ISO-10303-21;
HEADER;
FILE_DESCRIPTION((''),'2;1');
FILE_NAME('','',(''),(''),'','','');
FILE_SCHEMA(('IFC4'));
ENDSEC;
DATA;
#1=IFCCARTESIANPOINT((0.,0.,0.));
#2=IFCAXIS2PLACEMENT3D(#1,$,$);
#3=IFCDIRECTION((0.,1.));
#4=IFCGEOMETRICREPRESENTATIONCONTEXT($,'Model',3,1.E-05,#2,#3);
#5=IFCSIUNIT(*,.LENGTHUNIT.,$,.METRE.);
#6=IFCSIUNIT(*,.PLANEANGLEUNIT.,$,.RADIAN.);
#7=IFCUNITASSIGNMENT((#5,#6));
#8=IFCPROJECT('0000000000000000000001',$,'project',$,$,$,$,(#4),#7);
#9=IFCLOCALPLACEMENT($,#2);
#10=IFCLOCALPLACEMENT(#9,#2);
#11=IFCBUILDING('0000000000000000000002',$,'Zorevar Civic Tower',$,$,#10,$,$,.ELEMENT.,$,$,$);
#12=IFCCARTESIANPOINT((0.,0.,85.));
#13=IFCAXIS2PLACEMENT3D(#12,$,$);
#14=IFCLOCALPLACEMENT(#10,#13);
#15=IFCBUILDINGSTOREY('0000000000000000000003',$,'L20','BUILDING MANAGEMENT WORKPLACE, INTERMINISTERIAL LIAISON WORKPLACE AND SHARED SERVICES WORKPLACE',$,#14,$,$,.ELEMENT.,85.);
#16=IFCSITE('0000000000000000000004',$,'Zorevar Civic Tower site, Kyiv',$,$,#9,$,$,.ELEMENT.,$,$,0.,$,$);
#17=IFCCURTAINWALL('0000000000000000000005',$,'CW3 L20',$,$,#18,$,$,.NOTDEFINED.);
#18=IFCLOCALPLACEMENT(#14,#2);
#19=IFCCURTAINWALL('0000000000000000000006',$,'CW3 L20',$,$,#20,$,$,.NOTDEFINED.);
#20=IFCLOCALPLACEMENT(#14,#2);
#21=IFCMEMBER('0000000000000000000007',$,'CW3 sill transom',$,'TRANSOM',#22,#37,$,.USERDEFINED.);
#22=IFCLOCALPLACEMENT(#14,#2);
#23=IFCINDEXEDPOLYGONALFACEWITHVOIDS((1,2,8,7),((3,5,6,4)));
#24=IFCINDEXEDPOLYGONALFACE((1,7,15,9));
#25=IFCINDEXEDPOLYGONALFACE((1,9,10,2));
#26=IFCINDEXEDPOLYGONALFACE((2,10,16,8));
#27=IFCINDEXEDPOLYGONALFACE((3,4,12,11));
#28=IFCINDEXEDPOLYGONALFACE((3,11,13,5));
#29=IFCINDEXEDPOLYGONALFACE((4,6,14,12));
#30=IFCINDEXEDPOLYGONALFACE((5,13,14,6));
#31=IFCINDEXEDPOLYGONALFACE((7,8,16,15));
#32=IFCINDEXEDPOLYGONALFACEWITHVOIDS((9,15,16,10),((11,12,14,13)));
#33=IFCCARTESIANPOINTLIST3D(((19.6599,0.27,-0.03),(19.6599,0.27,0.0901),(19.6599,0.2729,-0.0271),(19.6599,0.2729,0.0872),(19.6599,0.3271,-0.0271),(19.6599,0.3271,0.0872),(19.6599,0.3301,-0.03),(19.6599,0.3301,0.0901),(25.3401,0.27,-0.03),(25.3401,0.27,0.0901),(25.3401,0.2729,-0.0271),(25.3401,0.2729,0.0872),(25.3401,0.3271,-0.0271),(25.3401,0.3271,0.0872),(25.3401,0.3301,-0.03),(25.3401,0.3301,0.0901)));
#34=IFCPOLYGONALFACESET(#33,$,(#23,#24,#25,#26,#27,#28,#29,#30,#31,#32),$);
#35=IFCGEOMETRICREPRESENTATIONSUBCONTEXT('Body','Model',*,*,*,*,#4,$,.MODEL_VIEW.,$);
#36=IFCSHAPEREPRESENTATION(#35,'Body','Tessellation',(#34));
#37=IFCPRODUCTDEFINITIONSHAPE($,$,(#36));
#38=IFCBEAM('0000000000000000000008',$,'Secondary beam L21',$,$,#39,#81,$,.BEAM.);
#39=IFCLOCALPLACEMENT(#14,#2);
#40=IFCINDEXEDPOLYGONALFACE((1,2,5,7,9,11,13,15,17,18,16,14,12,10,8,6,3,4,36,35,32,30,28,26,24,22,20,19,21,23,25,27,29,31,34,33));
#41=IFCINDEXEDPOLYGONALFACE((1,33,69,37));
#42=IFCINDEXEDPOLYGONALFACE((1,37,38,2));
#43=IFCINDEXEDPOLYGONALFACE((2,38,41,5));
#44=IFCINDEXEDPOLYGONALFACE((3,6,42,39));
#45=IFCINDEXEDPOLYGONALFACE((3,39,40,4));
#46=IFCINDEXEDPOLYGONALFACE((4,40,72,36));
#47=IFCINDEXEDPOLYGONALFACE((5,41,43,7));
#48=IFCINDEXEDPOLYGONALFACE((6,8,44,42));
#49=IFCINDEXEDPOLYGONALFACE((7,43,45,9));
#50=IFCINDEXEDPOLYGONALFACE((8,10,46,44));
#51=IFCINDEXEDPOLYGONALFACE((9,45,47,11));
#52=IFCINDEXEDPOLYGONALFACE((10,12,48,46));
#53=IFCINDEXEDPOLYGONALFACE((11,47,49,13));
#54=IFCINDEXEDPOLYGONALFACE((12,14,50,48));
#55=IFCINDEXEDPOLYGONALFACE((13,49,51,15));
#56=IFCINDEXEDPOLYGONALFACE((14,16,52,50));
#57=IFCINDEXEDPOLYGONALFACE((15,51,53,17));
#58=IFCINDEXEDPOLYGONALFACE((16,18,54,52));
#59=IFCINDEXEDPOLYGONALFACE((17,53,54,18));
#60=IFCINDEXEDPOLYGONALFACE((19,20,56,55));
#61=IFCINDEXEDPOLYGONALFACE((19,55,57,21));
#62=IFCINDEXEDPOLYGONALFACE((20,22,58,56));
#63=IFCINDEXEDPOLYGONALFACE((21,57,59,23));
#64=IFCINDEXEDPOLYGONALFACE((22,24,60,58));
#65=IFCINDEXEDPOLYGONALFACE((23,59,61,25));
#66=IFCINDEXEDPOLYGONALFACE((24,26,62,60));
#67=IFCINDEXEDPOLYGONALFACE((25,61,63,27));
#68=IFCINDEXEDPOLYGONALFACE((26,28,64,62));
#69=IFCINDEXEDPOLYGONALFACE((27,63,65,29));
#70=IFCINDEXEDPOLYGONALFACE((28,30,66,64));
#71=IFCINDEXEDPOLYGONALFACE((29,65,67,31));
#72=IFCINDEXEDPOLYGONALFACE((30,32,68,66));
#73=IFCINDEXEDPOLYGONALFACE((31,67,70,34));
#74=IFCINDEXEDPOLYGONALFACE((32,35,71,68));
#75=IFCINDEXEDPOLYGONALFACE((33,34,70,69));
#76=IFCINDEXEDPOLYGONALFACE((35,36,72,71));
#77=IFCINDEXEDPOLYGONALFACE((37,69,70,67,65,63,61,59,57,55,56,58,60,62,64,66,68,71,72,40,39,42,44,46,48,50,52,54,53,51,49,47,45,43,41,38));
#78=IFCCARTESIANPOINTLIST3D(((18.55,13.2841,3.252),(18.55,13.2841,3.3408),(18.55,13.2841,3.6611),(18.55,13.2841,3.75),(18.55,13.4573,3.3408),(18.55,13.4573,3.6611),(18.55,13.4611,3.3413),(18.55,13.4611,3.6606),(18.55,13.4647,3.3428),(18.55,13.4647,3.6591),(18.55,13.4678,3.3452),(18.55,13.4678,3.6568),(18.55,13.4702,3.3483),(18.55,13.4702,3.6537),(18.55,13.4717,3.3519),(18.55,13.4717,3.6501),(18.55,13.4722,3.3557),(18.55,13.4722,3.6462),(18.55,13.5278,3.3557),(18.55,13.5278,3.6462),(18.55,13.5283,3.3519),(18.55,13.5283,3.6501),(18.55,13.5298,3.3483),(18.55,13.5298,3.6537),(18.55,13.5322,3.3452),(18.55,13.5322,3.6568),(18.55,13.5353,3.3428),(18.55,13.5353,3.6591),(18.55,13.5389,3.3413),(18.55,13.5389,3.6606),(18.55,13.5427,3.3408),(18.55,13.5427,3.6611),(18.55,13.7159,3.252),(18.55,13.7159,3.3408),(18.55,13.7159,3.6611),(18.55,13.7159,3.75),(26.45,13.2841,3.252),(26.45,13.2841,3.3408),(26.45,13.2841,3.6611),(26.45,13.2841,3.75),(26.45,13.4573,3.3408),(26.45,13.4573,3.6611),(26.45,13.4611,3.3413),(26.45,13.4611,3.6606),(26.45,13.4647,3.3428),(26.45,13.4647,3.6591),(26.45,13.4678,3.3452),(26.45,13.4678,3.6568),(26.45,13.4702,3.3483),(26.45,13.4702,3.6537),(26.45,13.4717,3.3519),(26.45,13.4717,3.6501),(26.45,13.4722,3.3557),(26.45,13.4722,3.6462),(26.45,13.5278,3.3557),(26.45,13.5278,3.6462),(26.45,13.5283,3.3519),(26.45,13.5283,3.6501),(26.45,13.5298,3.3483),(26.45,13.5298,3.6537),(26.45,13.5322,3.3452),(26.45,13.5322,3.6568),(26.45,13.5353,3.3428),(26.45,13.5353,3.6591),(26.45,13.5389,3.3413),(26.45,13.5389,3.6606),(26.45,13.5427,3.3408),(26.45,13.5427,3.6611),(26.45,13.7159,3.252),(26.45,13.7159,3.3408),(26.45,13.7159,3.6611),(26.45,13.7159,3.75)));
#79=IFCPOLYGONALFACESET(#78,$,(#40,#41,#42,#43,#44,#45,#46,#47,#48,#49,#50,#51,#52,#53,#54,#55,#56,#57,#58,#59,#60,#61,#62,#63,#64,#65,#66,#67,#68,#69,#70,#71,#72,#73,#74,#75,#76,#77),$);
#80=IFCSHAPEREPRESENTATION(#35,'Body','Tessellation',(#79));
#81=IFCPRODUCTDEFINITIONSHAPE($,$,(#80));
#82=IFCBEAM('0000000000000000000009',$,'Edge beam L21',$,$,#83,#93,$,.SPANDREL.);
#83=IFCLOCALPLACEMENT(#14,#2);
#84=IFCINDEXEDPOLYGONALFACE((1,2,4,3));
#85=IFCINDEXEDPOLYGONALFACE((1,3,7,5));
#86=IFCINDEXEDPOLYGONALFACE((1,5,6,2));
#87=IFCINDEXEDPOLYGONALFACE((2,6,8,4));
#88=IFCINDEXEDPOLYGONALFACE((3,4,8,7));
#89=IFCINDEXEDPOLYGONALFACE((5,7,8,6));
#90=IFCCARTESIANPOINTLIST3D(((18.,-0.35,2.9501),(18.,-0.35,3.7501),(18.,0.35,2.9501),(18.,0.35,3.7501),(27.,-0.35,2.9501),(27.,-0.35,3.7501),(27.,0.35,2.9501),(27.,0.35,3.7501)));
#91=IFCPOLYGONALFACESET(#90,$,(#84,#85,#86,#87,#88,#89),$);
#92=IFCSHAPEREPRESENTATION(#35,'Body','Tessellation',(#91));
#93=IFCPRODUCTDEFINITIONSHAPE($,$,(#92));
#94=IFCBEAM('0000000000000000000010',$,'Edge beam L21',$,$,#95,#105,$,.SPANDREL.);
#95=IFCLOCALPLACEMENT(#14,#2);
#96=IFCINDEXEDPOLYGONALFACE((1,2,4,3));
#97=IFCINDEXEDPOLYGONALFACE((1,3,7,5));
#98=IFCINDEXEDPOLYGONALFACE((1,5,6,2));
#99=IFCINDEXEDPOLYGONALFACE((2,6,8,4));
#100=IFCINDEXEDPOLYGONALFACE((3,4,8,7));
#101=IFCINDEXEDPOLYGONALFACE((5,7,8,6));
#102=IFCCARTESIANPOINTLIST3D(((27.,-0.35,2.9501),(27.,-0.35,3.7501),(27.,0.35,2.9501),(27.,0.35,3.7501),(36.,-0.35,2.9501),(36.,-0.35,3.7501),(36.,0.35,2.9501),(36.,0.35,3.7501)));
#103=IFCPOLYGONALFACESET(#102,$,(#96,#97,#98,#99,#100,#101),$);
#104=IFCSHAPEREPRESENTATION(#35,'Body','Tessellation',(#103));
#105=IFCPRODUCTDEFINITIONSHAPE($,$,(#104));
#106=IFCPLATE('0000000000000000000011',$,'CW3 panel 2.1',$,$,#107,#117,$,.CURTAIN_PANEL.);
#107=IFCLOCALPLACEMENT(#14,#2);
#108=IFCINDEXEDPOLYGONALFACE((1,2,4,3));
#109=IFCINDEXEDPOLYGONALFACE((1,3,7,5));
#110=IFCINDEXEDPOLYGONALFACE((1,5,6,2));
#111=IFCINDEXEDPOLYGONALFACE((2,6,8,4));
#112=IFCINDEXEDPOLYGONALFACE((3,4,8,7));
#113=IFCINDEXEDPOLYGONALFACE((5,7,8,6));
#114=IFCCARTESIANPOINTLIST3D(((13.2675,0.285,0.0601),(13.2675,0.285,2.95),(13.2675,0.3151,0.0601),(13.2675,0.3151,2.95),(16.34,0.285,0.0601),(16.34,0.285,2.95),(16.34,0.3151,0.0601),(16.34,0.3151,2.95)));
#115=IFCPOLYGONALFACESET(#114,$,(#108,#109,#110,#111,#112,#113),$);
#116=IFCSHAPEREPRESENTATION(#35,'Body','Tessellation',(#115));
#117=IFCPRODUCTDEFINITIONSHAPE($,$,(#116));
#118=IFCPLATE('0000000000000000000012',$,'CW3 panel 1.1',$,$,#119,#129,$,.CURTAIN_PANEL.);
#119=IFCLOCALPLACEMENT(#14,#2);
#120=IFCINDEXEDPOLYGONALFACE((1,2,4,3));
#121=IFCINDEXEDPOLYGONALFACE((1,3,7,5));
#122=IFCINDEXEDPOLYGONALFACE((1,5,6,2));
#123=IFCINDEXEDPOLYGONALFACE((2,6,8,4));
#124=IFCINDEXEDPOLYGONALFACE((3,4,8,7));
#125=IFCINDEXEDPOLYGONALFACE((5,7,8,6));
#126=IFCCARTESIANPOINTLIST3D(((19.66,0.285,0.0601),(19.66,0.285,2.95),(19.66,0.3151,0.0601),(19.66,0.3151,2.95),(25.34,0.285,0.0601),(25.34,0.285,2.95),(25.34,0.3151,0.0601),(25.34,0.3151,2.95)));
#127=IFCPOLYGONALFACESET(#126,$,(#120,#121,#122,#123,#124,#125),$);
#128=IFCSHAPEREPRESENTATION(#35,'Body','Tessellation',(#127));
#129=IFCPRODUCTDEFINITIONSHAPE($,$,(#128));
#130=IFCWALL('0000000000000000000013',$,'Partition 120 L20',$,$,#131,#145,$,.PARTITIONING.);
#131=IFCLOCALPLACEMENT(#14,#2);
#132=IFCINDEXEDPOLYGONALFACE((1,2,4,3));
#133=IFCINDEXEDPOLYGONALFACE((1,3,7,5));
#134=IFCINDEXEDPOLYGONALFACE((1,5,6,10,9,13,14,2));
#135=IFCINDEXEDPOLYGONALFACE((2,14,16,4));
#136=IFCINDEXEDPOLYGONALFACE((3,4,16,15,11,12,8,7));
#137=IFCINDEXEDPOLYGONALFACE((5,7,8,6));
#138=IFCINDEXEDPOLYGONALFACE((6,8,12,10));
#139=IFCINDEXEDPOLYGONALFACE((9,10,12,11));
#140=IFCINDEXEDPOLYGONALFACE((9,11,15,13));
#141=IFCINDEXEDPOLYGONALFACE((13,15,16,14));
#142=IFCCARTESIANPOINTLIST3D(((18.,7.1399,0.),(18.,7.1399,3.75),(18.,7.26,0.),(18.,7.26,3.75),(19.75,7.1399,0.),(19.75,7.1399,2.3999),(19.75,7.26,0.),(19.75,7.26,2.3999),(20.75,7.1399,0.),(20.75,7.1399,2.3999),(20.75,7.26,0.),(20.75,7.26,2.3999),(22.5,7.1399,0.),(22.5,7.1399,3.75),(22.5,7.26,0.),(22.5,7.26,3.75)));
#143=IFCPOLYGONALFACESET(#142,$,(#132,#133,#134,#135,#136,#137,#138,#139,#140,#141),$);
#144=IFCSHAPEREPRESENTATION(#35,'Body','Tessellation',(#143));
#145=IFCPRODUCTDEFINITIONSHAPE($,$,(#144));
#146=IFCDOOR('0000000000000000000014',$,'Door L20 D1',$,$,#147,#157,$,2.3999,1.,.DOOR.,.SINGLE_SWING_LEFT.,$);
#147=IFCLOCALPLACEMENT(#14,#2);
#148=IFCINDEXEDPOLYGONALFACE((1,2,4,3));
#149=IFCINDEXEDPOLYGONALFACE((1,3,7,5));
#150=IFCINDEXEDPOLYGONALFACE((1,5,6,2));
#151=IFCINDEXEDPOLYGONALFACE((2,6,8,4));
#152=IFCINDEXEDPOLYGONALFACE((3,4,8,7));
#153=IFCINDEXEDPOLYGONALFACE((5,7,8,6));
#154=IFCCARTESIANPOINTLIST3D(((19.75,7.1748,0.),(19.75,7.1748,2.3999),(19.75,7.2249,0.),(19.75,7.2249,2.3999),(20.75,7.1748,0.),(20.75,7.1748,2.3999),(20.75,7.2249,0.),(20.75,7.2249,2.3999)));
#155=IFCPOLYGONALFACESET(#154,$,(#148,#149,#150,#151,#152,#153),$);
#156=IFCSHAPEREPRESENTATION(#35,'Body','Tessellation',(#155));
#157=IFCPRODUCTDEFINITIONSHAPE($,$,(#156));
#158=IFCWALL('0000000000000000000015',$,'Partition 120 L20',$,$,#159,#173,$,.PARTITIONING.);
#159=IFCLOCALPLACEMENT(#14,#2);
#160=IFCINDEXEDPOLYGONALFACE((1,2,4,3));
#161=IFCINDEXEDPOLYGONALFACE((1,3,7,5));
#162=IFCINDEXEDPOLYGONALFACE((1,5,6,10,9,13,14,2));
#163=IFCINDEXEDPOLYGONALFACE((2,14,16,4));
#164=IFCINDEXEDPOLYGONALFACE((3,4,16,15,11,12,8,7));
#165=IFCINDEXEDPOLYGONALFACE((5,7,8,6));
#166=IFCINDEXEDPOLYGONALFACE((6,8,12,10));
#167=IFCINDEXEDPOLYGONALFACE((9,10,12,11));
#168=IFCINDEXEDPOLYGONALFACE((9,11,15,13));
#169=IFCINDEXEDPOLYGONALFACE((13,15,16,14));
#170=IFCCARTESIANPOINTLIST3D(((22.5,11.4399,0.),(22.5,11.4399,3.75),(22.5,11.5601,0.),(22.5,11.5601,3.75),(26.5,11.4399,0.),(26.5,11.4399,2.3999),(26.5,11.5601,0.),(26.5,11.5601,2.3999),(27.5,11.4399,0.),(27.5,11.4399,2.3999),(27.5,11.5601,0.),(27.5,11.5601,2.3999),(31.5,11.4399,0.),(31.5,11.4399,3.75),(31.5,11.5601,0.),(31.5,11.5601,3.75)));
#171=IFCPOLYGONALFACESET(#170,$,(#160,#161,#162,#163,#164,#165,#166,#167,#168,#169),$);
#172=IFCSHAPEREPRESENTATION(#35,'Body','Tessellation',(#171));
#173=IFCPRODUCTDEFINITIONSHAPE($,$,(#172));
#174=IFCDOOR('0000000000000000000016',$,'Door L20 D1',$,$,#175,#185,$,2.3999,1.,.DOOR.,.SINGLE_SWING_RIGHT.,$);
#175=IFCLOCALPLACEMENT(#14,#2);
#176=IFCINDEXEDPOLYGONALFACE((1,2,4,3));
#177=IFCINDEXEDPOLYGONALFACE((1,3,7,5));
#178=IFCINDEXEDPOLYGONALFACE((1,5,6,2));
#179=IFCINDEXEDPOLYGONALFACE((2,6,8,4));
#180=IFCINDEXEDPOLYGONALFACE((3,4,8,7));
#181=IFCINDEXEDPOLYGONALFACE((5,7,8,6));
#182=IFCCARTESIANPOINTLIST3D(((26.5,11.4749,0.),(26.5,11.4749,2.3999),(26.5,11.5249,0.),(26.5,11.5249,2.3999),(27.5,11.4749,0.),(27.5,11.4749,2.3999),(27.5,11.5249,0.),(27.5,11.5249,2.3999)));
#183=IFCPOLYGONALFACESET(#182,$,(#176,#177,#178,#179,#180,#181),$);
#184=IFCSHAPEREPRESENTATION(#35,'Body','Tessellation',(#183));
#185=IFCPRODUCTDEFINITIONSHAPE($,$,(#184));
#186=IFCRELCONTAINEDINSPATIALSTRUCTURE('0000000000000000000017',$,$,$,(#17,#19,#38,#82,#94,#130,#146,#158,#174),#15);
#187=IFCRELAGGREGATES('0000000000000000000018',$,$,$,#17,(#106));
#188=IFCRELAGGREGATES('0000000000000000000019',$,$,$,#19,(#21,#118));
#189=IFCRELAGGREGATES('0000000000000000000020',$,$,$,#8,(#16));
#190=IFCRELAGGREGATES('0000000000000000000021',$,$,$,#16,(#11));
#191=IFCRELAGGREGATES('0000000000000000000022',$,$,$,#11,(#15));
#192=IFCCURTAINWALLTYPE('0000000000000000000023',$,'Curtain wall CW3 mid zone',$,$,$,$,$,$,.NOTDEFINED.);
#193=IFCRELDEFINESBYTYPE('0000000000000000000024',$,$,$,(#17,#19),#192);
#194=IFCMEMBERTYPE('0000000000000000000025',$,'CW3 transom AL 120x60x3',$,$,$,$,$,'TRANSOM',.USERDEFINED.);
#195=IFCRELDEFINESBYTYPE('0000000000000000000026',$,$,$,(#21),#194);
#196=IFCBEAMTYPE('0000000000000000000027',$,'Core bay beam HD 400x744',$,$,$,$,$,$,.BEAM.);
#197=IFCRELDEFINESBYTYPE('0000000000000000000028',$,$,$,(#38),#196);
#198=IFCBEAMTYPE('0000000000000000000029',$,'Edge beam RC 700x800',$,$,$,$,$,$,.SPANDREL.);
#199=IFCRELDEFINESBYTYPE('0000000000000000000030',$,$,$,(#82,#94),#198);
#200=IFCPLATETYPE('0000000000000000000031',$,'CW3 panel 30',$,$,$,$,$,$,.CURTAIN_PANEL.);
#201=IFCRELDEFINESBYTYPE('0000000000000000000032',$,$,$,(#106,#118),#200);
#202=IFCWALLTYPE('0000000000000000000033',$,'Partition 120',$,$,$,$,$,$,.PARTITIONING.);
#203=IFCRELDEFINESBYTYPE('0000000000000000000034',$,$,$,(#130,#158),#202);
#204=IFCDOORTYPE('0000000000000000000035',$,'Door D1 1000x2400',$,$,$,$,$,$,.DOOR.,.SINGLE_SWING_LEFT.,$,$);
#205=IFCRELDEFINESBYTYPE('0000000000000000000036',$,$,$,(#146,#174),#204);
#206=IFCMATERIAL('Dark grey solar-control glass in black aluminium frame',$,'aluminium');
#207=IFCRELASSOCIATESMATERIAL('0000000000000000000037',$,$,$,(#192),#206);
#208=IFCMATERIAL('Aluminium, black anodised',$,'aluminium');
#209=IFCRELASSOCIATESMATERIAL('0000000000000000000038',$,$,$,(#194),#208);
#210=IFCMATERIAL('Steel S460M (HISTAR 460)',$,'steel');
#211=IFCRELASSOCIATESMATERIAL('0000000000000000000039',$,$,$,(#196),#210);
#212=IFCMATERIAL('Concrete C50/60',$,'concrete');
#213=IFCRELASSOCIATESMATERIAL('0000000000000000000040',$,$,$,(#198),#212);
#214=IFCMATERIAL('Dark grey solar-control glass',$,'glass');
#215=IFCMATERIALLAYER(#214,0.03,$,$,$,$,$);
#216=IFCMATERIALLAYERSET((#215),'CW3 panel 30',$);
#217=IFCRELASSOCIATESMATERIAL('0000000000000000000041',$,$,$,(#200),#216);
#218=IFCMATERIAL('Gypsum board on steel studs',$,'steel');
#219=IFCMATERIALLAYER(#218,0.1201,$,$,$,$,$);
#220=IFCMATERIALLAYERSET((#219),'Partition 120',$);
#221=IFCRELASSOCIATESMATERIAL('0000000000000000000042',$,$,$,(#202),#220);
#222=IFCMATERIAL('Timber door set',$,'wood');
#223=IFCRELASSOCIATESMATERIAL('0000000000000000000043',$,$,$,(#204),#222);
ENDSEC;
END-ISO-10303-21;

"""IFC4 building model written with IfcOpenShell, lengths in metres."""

from ifc_helpers import new_model, si_unit, direction, frame, frame_2d, origin, origin_2d, place, context, subcontext, project, spatial, rectangle, hollow_rectangle, i_section, extrude, material, layer, layer_set, material_profile, profile_set, type_object, element, fill, aggregate, save


model = new_model("IFC4")

# Units and contexts
model_context = context("Model", 3, precision=1e-05, world=origin(), true_north=direction((0.0, 1.0)))
body_context = subcontext(model_context, "Body", "Model", "MODEL_VIEW")
ifc_project = project(units=[si_unit("LENGTHUNIT", "METRE"), si_unit("PLANEANGLEUNIT", "RADIAN")], contexts=[model_context])

# Site, building, storey
site_placement = place(None, origin())
site = spatial("IfcSite", under=ifc_project, at=site_placement, Name="Zorevar Civic Tower site, Kyiv", CompositionType="ELEMENT", RefElevation=0.0)
building_placement = place(site_placement, origin())
building = spatial("IfcBuilding", under=site, at=building_placement, Name="Zorevar Civic Tower", CompositionType="ELEMENT")
storey_placement = place(building_placement, frame((0.0, 0.0, 85.0)))
storey = spatial("IfcBuildingStorey", under=building, at=storey_placement, Name="L20", Description="BUILDING MANAGEMENT WORKPLACE, INTERMINISTERIAL LIAISON WORKPLACE AND SHARED SERVICES WORKPLACE", CompositionType="ELEMENT", Elevation=85.0)

# Curtain wall
ifc_material_1 = material(Name="Dark grey solar-control glass in black aluminium frame", Category="aluminium")
curtain_wall_type = type_object("IfcCurtainWallType", Name="Curtain wall CW3 mid zone", PredefinedType="NOTDEFINED", material=ifc_material_1)
curtain_wall_1_placement = place(storey_placement, origin())
curtain_wall_1 = element("IfcCurtainWall", 1, at=curtain_wall_1_placement, inside=storey, type_object=curtain_wall_type, Name="CW3 L20", PredefinedType="NOTDEFINED")

# Curtain wall, member
curtain_wall_2_placement = place(storey_placement, origin())
curtain_wall_2 = element("IfcCurtainWall", 2, at=curtain_wall_2_placement, inside=storey, type_object=curtain_wall_type, Name="CW3 L20", PredefinedType="NOTDEFINED")
ifc_material_2 = material(Name="Aluminium, black anodised", Category="aluminium")
ifc_material_profile_1 = material_profile(ifc_material_2, hollow_rectangle(XDim=0.0601, YDim=0.1201, WallThickness=0.0029, at=origin_2d()), Name="AL 120x60x3")
ifc_profile_set_1 = profile_set([ifc_material_profile_1], Name="Aluminium, black anodised")
member_type_1 = type_object("IfcMemberType", Name="CW3 transom AL 120x60x3", ElementType="TRANSOM", PredefinedType="USERDEFINED", material=ifc_profile_set_1)
member_1_placement = place(storey_placement, frame((19.6599, 0.3, 0.03), z_axis=(1.0, 0.0, 0.0), x_axis=(0.0, 1.0, 0.0)))
member_1 = element("IfcMember", 3, at=member_1_placement, type_object=member_type_1, Name="CW3 sill transom", ObjectType="TRANSOM", PredefinedType="USERDEFINED", context=body_context, shape_type="SweptSolid", body=[
    extrude(hollow_rectangle(XDim=0.0601, YDim=0.1201, WallThickness=0.0029, at=origin_2d()), origin(), (0.0, 0.0, 1.0), 5.6802),
])

# Beams
ifc_material_3 = material(Name="Steel S460M (HISTAR 460)", Category="steel")
ifc_material_profile_2 = material_profile(ifc_material_3, i_section(OverallWidth=0.4319, OverallDepth=0.498, WebThickness=0.0557, FlangeThickness=0.0889, FilletRadius=0.0149, at=origin_2d()), Name="HD 400x744")
ifc_profile_set_2 = profile_set([ifc_material_profile_2], Name="Steel S460M (HISTAR 460)")
beam_type_1 = type_object("IfcBeamType", Name="Core bay beam HD 400x744", PredefinedType="BEAM", material=ifc_profile_set_2)
beam_1_placement = place(storey_placement, frame((18.55, 13.5, 3.501), z_axis=(1.0, 0.0, 0.0), x_axis=(0.0, 1.0, 0.0)))
element("IfcBeam", 4, at=beam_1_placement, inside=storey, type_object=beam_type_1, Name="Secondary beam L21", PredefinedType="BEAM", context=body_context, shape_type="SweptSolid", body=[
    extrude(i_section(OverallWidth=0.4319, OverallDepth=0.498, WebThickness=0.0557, FlangeThickness=0.0889, FilletRadius=0.0149, at=origin_2d()), origin(), (0.0, 0.0, 1.0), 7.8999),
])
ifc_material_4 = material(Name="Concrete C50/60", Category="concrete")
ifc_material_profile_3 = material_profile(ifc_material_4, rectangle(XDim=0.7, YDim=0.8, at=origin_2d()), Name="RC 700x800")
ifc_profile_set_3 = profile_set([ifc_material_profile_3], Name="Concrete C50/60")
beam_type_2 = type_object("IfcBeamType", Name="Edge beam RC 700x800", PredefinedType="SPANDREL", material=ifc_profile_set_3)
for number, where, z_axis, x_axis, name in (
    (5, (18.0, 0.0, 3.3501), (1.0, 0.0, 0.0), (0.0, 1.0, 0.0), "Edge beam L21"),
    (6, (27.0, 0.0, 3.3501), (1.0, 0.0, 0.0), (0.0, 1.0, 0.0), "Edge beam L21"),
):
    element("IfcBeam", number, at=place(storey_placement, frame(where, z_axis=z_axis, x_axis=x_axis)), inside=storey, type_object=beam_type_2, Name=name, PredefinedType="SPANDREL", context=body_context, shape_type="SweptSolid", body=[
        extrude(rectangle(XDim=0.7, YDim=0.8, at=origin_2d()), origin(), (0.0, 0.0, 1.0), 9.0),
    ])

# Plates
ifc_material_5 = material(Name="Dark grey solar-control glass", Category="glass")
ifc_layer_1 = layer(ifc_material_5, 0.03)
ifc_layer_set_1 = layer_set([ifc_layer_1], Name="CW3 panel 30")
plate_type = type_object("IfcPlateType", Name="CW3 panel 30", PredefinedType="CURTAIN_PANEL", material=ifc_layer_set_1)
plate_1_placement = place(storey_placement, frame((14.8037, 0.3, 0.0601), z_axis=(0.0, 0.0, 1.0), x_axis=(1.0, 0.0, 0.0)))
plate_1 = element("IfcPlate", 7, at=plate_1_placement, type_object=plate_type, Name="CW3 panel 2.1", PredefinedType="CURTAIN_PANEL", context=body_context, shape_type="SweptSolid", body=[
    extrude(rectangle(XDim=3.0725, YDim=0.03, at=origin_2d()), origin(), (0.0, 0.0, 1.0), 2.8899),
])
aggregate(curtain_wall_1, [plate_1])
plate_2_placement = place(storey_placement, frame((22.5, 0.3, 0.0601), z_axis=(0.0, 0.0, 1.0), x_axis=(1.0, 0.0, 0.0)))
plate_2 = element("IfcPlate", 8, at=plate_2_placement, type_object=plate_type, Name="CW3 panel 1.1", PredefinedType="CURTAIN_PANEL", context=body_context, shape_type="SweptSolid", body=[
    extrude(rectangle(XDim=5.6799, YDim=0.03, at=origin_2d()), origin(), (0.0, 0.0, 1.0), 2.8899),
])
aggregate(curtain_wall_2, [member_1, plate_2])

# Walls, openings, doors
ifc_material_6 = material(Name="Gypsum board on steel studs", Category="steel")
ifc_layer_2 = layer(ifc_material_6, 0.1201)
ifc_layer_set_2 = layer_set([ifc_layer_2], Name="Partition 120")
wall_type = type_object("IfcWallType", Name="Partition 120", PredefinedType="PARTITIONING", material=ifc_layer_set_2)
wall_1_placement = place(storey_placement, frame((18.0, 7.2, 0.0), z_axis=(0.0, 0.0, 1.0), x_axis=(1.0, 0.0, 0.0)))
wall_1 = element("IfcWall", 9, at=wall_1_placement, inside=storey, type_object=wall_type, Name="Partition 120 L20", PredefinedType="PARTITIONING", context=body_context, shape_type="SweptSolid", body=[
    extrude(rectangle(XDim=4.5, YDim=0.1201, at=frame_2d((2.25, 0.0))), origin(), (0.0, 0.0, 1.0), 3.75),
])
opening_1_placement = place(wall_1_placement, frame((1.75, 0.0, 0.0)))
opening_1 = element("IfcOpeningElement", 10, at=opening_1_placement, cuts=wall_1, PredefinedType="OPENING", context=body_context, shape_type="SweptSolid", body=[
    extrude(rectangle(XDim=1.0, YDim=2.3999, at=frame_2d((0.5, 1.2))), frame((0.0, 0.0701, 0.0), z_axis=(0.0, -1.0, 0.0), x_axis=(1.0, 0.0, 0.0)), (0.0, 0.0, 1.0), 0.1401),
])
ifc_material_7 = material(Name="Timber door set", Category="wood")
door_type = type_object("IfcDoorType", Name="Door D1 1000x2400", OperationType="SINGLE_SWING_LEFT", PredefinedType="DOOR", material=ifc_material_7)
door_1_placement = place(opening_1_placement, origin())
door_1 = element("IfcDoor", 11, at=door_1_placement, inside=storey, type_object=door_type, Name="Door L20 D1", OperationType="SINGLE_SWING_LEFT", OverallHeight=2.3999, OverallWidth=1.0, PredefinedType="DOOR", context=body_context, shape_type="SweptSolid", body=[
    extrude(rectangle(XDim=1.0, YDim=2.3999, at=frame_2d((0.5, 1.2))), frame((0.0, 0.0249, 0.0), z_axis=(0.0, -1.0, 0.0), x_axis=(1.0, 0.0, 0.0)), (0.0, 0.0, 1.0), 0.05),
])
fill(opening_1, door_1)
wall_2_placement = place(storey_placement, frame((22.5, 11.5, 0.0), z_axis=(0.0, 0.0, 1.0), x_axis=(1.0, 0.0, 0.0)))
wall_2 = element("IfcWall", 12, at=wall_2_placement, inside=storey, type_object=wall_type, Name="Partition 120 L20", PredefinedType="PARTITIONING", context=body_context, shape_type="SweptSolid", body=[
    extrude(rectangle(XDim=9.0, YDim=0.1201, at=frame_2d((4.5, 0.0))), origin(), (0.0, 0.0, 1.0), 3.75),
])
opening_2_placement = place(wall_2_placement, frame((4.0, 0.0, 0.0)))
opening_2 = element("IfcOpeningElement", 13, at=opening_2_placement, cuts=wall_2, PredefinedType="OPENING", context=body_context, shape_type="SweptSolid", body=[
    extrude(rectangle(XDim=1.0, YDim=2.3999, at=frame_2d((0.5, 1.2))), frame((0.0, 0.0701, 0.0), z_axis=(0.0, -1.0, 0.0), x_axis=(1.0, 0.0, 0.0)), (0.0, 0.0, 1.0), 0.1401),
])
door_2_placement = place(opening_2_placement, origin())
door_2 = element("IfcDoor", 14, at=door_2_placement, inside=storey, type_object=door_type, Name="Door L20 D1", OperationType="SINGLE_SWING_RIGHT", OverallHeight=2.3999, OverallWidth=1.0, PredefinedType="DOOR", context=body_context, shape_type="SweptSolid", body=[
    extrude(rectangle(XDim=1.0, YDim=2.3999, at=frame_2d((0.5, 1.2))), frame((0.0, 0.0249, 0.0), z_axis=(0.0, -1.0, 0.0), x_axis=(1.0, 0.0, 0.0)), (0.0, 0.0, 1.0), 0.05),
])
fill(opening_2, door_2)

save(model, "model.ifc")
